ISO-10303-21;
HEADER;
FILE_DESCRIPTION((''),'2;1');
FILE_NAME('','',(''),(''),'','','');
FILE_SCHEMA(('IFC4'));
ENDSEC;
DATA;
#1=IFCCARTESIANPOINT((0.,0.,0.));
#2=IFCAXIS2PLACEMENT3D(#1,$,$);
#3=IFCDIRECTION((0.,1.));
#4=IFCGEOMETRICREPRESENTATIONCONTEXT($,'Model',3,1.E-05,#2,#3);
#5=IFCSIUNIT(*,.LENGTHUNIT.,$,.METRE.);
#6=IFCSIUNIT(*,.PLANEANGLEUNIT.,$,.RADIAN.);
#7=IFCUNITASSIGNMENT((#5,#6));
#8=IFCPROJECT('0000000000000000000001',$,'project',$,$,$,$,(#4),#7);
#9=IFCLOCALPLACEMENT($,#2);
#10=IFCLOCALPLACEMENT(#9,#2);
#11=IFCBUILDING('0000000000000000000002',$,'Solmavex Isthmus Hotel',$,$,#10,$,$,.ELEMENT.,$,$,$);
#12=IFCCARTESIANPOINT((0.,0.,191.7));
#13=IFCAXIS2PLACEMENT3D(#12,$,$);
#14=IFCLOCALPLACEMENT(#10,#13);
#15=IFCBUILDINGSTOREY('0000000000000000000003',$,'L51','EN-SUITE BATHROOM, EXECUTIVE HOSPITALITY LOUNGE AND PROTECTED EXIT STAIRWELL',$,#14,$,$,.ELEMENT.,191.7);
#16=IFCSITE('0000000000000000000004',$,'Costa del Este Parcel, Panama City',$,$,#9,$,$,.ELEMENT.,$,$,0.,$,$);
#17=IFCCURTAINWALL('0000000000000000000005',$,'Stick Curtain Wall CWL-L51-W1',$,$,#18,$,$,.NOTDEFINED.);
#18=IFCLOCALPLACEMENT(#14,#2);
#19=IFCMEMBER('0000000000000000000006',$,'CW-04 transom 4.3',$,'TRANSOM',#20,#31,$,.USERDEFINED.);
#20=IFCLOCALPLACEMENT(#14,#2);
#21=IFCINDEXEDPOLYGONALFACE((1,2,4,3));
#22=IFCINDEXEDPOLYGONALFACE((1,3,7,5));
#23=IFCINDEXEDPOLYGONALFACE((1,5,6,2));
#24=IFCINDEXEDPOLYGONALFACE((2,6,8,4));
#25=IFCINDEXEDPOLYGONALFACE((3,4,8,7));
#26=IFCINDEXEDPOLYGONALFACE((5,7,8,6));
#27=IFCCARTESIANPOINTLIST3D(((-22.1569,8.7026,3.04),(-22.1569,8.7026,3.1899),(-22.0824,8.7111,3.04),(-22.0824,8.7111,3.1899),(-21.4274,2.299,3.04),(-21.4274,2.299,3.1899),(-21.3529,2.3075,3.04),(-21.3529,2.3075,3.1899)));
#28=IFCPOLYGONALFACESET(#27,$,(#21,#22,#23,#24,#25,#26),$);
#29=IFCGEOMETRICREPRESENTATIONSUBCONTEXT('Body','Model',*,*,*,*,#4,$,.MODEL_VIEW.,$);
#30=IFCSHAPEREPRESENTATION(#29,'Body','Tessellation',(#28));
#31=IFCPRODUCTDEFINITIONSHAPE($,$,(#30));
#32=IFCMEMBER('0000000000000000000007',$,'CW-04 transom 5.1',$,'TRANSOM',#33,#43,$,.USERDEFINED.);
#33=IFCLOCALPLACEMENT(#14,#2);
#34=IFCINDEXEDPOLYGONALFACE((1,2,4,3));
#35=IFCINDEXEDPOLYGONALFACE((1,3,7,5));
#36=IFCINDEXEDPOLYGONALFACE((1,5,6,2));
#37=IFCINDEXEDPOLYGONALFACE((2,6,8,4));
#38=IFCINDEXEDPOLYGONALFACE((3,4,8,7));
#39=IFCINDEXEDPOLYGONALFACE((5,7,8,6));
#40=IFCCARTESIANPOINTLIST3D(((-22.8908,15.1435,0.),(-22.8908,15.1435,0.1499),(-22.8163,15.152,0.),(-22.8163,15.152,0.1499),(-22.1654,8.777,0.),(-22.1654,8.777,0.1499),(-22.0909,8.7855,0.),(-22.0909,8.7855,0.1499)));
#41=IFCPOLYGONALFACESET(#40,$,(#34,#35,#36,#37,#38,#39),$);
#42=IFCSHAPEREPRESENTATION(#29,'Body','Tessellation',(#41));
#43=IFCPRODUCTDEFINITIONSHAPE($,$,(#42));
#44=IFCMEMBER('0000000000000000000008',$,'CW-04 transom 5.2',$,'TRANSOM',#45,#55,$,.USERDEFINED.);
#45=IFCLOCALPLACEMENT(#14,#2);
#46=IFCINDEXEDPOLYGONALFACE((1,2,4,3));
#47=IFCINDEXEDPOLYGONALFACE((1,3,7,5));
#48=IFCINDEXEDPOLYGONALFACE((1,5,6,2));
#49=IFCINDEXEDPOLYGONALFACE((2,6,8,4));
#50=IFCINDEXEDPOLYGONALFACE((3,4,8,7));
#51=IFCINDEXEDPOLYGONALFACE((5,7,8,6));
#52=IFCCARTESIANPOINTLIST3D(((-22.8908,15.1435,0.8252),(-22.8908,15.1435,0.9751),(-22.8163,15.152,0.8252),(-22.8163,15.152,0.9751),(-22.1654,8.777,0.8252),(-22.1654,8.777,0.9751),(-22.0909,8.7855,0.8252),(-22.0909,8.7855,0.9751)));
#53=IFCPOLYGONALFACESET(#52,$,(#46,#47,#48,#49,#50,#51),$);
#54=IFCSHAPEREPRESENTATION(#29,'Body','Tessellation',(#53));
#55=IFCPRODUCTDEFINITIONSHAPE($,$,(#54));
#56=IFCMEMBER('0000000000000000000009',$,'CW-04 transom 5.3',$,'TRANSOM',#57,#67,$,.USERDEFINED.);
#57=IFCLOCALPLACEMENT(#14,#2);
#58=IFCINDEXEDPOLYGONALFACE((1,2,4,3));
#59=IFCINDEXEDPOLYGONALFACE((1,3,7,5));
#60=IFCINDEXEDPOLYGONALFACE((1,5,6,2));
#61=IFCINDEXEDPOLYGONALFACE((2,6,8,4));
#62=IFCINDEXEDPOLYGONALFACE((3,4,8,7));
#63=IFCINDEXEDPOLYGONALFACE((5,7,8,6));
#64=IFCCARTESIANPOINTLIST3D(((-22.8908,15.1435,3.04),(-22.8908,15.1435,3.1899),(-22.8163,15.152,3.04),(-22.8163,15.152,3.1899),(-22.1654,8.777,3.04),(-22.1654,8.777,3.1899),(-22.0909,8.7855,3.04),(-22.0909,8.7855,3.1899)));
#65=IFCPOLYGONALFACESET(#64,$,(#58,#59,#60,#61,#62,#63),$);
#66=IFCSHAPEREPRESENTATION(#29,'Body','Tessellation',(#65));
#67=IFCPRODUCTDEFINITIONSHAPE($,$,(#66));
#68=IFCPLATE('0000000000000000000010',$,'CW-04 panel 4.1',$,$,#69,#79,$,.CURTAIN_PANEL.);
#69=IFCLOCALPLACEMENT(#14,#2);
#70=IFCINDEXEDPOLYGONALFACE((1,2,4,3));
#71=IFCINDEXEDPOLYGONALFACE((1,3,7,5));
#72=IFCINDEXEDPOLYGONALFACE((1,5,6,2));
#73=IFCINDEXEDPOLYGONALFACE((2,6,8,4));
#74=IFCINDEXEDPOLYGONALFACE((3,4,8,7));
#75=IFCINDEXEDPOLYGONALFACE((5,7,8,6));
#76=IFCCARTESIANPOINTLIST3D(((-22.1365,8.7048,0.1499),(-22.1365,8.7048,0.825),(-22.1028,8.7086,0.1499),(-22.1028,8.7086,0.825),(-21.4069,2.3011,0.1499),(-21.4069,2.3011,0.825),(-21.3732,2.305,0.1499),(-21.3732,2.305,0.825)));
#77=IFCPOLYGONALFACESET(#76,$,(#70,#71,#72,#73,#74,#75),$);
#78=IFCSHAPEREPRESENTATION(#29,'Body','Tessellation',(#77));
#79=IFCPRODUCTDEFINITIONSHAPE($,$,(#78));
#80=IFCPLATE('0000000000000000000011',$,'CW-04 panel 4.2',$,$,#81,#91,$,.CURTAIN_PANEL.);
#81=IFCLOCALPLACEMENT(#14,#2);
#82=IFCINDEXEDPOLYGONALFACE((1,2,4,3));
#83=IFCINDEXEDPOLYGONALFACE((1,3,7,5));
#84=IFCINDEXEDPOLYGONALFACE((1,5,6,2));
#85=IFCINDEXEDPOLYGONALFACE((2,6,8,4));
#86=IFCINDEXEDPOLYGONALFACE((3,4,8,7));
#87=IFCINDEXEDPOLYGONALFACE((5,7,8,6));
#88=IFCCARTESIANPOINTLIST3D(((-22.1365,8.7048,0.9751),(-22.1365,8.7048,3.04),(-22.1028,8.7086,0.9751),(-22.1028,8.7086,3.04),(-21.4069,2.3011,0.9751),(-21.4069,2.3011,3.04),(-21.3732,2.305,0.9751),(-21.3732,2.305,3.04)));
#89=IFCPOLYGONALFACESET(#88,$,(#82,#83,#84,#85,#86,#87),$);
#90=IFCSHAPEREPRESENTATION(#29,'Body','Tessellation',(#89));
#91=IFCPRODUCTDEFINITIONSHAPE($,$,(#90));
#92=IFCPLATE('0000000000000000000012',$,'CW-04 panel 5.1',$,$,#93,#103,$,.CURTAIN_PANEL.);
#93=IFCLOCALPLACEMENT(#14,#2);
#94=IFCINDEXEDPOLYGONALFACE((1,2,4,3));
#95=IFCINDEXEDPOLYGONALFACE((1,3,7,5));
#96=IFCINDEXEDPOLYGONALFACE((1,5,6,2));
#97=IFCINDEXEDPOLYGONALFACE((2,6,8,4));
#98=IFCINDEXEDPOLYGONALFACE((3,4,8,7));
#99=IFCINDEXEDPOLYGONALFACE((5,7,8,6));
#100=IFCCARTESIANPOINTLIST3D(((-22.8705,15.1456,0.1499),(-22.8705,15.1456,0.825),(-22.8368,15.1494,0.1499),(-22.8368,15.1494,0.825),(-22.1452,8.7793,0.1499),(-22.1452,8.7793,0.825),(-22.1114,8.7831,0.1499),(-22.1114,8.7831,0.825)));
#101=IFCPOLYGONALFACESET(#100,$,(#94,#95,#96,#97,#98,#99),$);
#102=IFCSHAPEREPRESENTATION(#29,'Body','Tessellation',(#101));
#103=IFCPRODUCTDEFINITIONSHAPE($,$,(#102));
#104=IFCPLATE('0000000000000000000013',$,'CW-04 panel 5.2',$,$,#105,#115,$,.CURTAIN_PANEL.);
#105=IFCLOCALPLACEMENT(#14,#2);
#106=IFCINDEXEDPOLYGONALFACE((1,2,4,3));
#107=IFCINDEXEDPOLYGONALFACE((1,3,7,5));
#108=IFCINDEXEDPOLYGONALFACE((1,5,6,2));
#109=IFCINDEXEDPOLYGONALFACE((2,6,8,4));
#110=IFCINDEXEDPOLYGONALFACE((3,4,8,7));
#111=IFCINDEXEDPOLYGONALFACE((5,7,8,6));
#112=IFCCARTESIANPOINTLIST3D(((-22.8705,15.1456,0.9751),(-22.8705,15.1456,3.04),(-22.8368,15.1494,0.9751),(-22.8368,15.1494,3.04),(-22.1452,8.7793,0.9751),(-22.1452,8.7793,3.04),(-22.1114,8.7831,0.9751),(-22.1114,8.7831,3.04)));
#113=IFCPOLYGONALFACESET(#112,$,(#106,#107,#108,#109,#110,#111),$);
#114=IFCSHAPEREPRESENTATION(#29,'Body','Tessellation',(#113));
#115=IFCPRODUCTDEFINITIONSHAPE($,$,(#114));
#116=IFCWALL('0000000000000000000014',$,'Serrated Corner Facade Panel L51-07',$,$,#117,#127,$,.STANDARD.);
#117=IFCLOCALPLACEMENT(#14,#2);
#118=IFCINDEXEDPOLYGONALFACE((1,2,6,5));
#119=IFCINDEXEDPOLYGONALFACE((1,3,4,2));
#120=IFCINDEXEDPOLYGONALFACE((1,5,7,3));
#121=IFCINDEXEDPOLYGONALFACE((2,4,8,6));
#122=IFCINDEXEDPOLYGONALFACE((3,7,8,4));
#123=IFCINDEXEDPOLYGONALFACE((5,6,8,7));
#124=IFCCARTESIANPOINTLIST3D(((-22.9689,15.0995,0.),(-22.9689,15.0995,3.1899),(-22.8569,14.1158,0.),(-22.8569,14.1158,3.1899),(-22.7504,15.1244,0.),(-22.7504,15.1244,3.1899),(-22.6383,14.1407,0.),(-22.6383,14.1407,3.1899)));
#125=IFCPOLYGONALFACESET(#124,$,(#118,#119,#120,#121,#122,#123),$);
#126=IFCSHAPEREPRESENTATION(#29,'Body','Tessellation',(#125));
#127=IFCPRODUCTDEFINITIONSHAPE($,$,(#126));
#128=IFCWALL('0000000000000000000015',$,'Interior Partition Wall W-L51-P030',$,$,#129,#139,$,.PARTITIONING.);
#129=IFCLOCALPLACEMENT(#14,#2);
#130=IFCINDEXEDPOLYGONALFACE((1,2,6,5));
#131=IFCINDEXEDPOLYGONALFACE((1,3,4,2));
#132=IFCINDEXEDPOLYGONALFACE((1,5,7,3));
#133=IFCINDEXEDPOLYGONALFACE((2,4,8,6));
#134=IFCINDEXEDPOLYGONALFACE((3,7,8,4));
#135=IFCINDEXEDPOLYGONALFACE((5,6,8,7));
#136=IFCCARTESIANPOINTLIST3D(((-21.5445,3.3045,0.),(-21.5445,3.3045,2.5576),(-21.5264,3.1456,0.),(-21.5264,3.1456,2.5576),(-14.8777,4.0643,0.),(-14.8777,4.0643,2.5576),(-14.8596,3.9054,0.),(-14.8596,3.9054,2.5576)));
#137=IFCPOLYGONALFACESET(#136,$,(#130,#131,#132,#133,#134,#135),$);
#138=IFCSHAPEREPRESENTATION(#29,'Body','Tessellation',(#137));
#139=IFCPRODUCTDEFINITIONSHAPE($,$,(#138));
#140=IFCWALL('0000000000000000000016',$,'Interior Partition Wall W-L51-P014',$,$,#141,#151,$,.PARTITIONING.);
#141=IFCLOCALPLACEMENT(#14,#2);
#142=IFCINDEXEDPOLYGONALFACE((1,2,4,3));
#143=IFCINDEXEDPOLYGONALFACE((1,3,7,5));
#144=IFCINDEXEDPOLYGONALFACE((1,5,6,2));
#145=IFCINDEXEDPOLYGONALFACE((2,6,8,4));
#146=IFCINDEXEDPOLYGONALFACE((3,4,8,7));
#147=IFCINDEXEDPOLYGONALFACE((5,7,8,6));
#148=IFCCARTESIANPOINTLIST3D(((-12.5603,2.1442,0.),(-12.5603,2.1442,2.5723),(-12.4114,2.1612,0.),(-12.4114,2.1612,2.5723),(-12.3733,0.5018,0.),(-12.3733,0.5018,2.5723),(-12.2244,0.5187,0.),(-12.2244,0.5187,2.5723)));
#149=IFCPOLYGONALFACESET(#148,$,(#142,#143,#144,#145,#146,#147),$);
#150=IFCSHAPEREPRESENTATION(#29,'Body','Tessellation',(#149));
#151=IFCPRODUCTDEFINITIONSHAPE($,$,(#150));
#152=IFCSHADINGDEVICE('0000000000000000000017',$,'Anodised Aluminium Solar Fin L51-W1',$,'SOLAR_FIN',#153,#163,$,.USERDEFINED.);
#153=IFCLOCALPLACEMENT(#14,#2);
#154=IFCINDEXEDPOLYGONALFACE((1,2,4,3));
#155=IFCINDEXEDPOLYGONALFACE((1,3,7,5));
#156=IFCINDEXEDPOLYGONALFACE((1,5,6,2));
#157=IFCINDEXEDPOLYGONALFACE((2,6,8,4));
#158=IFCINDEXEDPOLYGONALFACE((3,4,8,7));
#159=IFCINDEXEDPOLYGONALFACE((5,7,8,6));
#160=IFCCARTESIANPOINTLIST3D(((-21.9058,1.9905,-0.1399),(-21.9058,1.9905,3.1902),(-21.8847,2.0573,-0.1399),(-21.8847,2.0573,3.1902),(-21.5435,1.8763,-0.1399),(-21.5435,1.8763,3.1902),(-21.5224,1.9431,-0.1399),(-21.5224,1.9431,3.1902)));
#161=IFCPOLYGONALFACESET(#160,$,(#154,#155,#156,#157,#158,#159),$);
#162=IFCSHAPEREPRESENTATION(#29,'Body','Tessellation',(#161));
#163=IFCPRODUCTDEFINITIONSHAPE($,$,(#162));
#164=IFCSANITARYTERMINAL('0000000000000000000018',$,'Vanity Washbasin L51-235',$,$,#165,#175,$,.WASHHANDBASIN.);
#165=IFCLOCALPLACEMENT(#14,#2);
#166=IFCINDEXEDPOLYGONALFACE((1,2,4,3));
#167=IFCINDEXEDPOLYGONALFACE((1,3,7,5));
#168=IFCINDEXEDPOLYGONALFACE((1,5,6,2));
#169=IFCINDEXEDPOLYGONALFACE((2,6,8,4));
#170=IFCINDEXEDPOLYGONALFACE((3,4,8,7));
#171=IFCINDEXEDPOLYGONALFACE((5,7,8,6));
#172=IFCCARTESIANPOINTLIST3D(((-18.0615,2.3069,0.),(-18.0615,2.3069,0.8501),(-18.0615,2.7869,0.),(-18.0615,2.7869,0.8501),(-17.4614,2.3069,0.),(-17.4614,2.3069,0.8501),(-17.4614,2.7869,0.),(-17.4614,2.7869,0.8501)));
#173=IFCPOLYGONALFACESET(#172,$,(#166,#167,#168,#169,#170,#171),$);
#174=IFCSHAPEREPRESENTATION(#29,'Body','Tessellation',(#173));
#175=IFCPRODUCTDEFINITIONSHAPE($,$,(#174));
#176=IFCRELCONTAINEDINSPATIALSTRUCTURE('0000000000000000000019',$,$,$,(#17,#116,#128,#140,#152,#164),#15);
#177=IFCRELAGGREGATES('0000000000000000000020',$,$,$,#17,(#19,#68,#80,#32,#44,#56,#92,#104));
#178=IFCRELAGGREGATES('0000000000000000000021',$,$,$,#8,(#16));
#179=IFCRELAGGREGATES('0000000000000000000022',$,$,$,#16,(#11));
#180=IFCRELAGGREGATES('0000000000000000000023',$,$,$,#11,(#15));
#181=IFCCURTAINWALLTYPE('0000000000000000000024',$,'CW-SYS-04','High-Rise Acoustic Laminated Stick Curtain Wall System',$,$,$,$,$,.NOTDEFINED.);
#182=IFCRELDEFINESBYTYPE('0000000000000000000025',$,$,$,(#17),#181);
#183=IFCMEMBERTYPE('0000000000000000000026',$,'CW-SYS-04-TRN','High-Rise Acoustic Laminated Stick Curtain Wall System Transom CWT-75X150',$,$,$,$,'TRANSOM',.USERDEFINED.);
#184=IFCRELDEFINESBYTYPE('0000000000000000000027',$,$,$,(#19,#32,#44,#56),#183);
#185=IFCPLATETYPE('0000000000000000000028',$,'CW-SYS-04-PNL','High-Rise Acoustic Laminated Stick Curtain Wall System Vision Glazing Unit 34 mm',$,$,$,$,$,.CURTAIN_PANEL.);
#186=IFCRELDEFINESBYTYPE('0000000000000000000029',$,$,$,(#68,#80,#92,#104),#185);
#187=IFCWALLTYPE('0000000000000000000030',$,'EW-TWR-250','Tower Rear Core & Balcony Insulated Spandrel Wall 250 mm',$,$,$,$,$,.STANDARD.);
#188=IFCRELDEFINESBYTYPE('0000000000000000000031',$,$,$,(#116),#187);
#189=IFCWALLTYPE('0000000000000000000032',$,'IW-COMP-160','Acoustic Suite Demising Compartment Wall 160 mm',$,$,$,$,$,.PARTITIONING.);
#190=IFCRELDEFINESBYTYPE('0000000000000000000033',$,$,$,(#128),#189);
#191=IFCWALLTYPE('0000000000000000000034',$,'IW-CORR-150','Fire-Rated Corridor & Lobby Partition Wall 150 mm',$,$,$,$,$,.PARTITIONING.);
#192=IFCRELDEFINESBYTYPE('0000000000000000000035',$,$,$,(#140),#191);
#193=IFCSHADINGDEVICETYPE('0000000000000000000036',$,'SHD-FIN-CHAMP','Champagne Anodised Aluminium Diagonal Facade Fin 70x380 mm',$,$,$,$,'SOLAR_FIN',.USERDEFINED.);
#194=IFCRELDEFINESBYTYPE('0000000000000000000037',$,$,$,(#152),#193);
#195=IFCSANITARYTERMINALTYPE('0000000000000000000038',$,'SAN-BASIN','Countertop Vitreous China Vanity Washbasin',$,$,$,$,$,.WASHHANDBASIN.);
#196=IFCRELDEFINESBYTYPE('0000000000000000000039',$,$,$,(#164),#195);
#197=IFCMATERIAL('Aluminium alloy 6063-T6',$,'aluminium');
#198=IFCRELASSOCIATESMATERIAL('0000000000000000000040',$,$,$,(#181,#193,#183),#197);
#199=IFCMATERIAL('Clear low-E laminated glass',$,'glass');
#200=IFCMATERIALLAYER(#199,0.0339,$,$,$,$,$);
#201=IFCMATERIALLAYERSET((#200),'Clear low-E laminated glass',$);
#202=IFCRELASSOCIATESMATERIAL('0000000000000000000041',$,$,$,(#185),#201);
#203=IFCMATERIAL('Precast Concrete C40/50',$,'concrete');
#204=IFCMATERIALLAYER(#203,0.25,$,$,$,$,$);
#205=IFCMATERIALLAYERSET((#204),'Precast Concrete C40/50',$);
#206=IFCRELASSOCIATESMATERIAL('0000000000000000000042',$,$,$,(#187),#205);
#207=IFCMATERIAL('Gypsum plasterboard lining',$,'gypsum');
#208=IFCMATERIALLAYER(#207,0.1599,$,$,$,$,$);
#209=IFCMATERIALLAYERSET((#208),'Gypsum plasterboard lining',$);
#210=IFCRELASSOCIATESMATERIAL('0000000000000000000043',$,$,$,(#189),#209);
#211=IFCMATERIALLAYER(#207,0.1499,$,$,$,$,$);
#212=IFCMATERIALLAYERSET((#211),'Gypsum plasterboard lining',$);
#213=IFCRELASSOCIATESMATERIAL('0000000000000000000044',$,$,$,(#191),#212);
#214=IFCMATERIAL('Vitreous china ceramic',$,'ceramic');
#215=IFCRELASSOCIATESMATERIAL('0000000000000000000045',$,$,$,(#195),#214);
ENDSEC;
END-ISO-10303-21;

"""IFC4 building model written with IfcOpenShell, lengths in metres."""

from ifc_helpers import new_model, si_unit, direction, frame, frame_2d, origin, origin_2d, place, context, subcontext, project, spatial, rectangle, extrude, material, layer, layer_set, material_profile, profile_set, type_object, element, aggregate, save


model = new_model("IFC4")

# Units and contexts
model_context = context("Model", 3, precision=1e-05, world=origin(), true_north=direction((0.0, 1.0)))
body_context = subcontext(model_context, "Body", "Model", "MODEL_VIEW")
ifc_project = project(units=[si_unit("LENGTHUNIT", "METRE"), si_unit("PLANEANGLEUNIT", "RADIAN")], contexts=[model_context])

# Site, building, storey
site_placement = place(None, origin())
site = spatial("IfcSite", under=ifc_project, at=site_placement, Name="Costa del Este Parcel, Panama City", CompositionType="ELEMENT", RefElevation=0.0)
building_placement = place(site_placement, origin())
building = spatial("IfcBuilding", under=site, at=building_placement, Name="Solmavex Isthmus Hotel", CompositionType="ELEMENT")
storey_placement = place(building_placement, frame((0.0, 0.0, 191.7)))
storey = spatial("IfcBuildingStorey", under=building, at=storey_placement, Name="L51", Description="EN-SUITE BATHROOM, EXECUTIVE HOSPITALITY LOUNGE AND PROTECTED EXIT STAIRWELL", CompositionType="ELEMENT", Elevation=191.7)

# Curtain wall, members, plates
ifc_material_1 = material(Name="Aluminium alloy 6063-T6", Category="aluminium")
curtain_wall_type = type_object("IfcCurtainWallType", Name="CW-SYS-04", Description="High-Rise Acoustic Laminated Stick Curtain Wall System", PredefinedType="NOTDEFINED", material=ifc_material_1)
curtain_wall_placement = place(storey_placement, origin())
curtain_wall = element("IfcCurtainWall", 1, at=curtain_wall_placement, inside=storey, type_object=curtain_wall_type, Name="Stick Curtain Wall CWL-L51-W1", PredefinedType="NOTDEFINED")
ifc_material_profile_1 = material_profile(ifc_material_1, rectangle(XDim=0.075, YDim=0.1499, at=origin_2d()), Name="CWT-75X150")
ifc_profile_set_1 = profile_set([ifc_material_profile_1], Name="Aluminium alloy 6063-T6")
member_type_1 = type_object("IfcMemberType", Name="CW-SYS-04-TRN", Description="High-Rise Acoustic Laminated Stick Curtain Wall System Transom CWT-75X150", ElementType="TRANSOM", PredefinedType="USERDEFINED", material=ifc_profile_set_1)
member_1_placement = place(storey_placement, frame((-21.3901, 2.3032, 3.115), z_axis=(-0.113188, 0.993574, 0.0), x_axis=(-0.993574, -0.113188, 0.0)))
member_1 = element("IfcMember", 2, at=member_1_placement, type_object=member_type_1, Name="CW-04 transom 4.3", ObjectType="TRANSOM", PredefinedType="USERDEFINED", context=body_context, shape_type="SweptSolid", body=[
    extrude(rectangle(XDim=0.075, YDim=0.1499, at=origin_2d()), origin(), (0.0, 0.0, 1.0), 6.4451),
])
member_2_placement = place(storey_placement, frame((-22.1282, 8.7812, 0.075), z_axis=(-0.113199, 0.993572, 0.0), x_axis=(-0.993572, -0.113199, 0.0)))
member_2 = element("IfcMember", 3, at=member_2_placement, type_object=member_type_1, Name="CW-04 transom 5.1", ObjectType="TRANSOM", PredefinedType="USERDEFINED", context=body_context, shape_type="SweptSolid", body=[
    extrude(rectangle(XDim=0.075, YDim=0.1499, at=origin_2d()), origin(), (0.0, 0.0, 1.0), 6.4077),
])
member_3_placement = place(storey_placement, frame((-22.1282, 8.7812, 0.9001), z_axis=(-0.113199, 0.993572, 0.0), x_axis=(-0.993572, -0.113199, 0.0)))
member_3 = element("IfcMember", 4, at=member_3_placement, type_object=member_type_1, Name="CW-04 transom 5.2", ObjectType="TRANSOM", PredefinedType="USERDEFINED", context=body_context, shape_type="SweptSolid", body=[
    extrude(rectangle(XDim=0.075, YDim=0.1499, at=origin_2d()), origin(), (0.0, 0.0, 1.0), 6.4077),
])
member_4_placement = place(storey_placement, frame((-22.1282, 8.7812, 3.115), z_axis=(-0.113199, 0.993572, 0.0), x_axis=(-0.993572, -0.113199, 0.0)))
member_4 = element("IfcMember", 5, at=member_4_placement, type_object=member_type_1, Name="CW-04 transom 5.3", ObjectType="TRANSOM", PredefinedType="USERDEFINED", context=body_context, shape_type="SweptSolid", body=[
    extrude(rectangle(XDim=0.075, YDim=0.1499, at=origin_2d()), origin(), (0.0, 0.0, 1.0), 6.4077),
])
ifc_material_2 = material(Name="Clear low-E laminated glass", Category="glass")
ifc_layer_1 = layer(ifc_material_2, 0.0339)
ifc_layer_set_1 = layer_set([ifc_layer_1], Name="Clear low-E laminated glass")
plate_type = type_object("IfcPlateType", Name="CW-SYS-04-PNL", Description="High-Rise Acoustic Laminated Stick Curtain Wall System Vision Glazing Unit 34 mm", PredefinedType="CURTAIN_PANEL", material=ifc_layer_set_1)
plate_1_placement = place(storey_placement, frame((-21.7549, 5.5049, 0.1499), z_axis=(0.0, 0.0, 1.0), x_axis=(-0.113203, 0.993572, 0.0)))
plate_1 = element("IfcPlate", 6, at=plate_1_placement, type_object=plate_type, Name="CW-04 panel 4.1", PredefinedType="CURTAIN_PANEL", context=body_context, shape_type="SweptSolid", body=[
    extrude(rectangle(XDim=6.4451, YDim=0.0339, at=origin_2d()), origin(), (0.0, 0.0, 1.0), 0.675),
])
plate_2_placement = place(storey_placement, frame((-21.7549, 5.5049, 0.9751), z_axis=(0.0, 0.0, 1.0), x_axis=(-0.113203, 0.993572, 0.0)))
plate_2 = element("IfcPlate", 7, at=plate_2_placement, type_object=plate_type, Name="CW-04 panel 4.2", PredefinedType="CURTAIN_PANEL", context=body_context, shape_type="SweptSolid", body=[
    extrude(rectangle(XDim=6.4451, YDim=0.0339, at=origin_2d()), origin(), (0.0, 0.0, 1.0), 2.0649),
])
plate_3_placement = place(storey_placement, frame((-22.491, 11.9644, 0.1499), z_axis=(0.0, 0.0, 1.0), x_axis=(-0.113203, 0.993572, 0.0)))
plate_3 = element("IfcPlate", 8, at=plate_3_placement, type_object=plate_type, Name="CW-04 panel 5.1", PredefinedType="CURTAIN_PANEL", context=body_context, shape_type="SweptSolid", body=[
    extrude(rectangle(XDim=6.4075, YDim=0.0339, at=origin_2d()), origin(), (0.0, 0.0, 1.0), 0.675),
])
plate_4_placement = place(storey_placement, frame((-22.491, 11.9644, 0.9751), z_axis=(0.0, 0.0, 1.0), x_axis=(-0.113203, 0.993572, 0.0)))
plate_4 = element("IfcPlate", 9, at=plate_4_placement, type_object=plate_type, Name="CW-04 panel 5.2", PredefinedType="CURTAIN_PANEL", context=body_context, shape_type="SweptSolid", body=[
    extrude(rectangle(XDim=6.4075, YDim=0.0339, at=origin_2d()), origin(), (0.0, 0.0, 1.0), 2.0649),
])
aggregate(curtain_wall, [member_1, plate_1, plate_2, member_2, member_3, member_4, plate_3, plate_4])

# Walls
ifc_material_3 = material(Name="Precast Concrete C40/50", Category="concrete")
ifc_layer_2 = layer(ifc_material_3, 0.25)
ifc_layer_set_2 = layer_set([ifc_layer_2], Name="Precast Concrete C40/50")
wall_type_1 = type_object("IfcWallType", Name="EW-TWR-250", Description="Tower Rear Core & Balcony Insulated Spandrel Wall 250 mm", PredefinedType="STANDARD", material=ifc_layer_set_2)
wall_1_placement = place(storey_placement, frame((-22.7476, 14.1282, 0.0), z_axis=(0.0, 0.0, 1.0), x_axis=(-0.113192, 0.993573, 0.0)))
element("IfcWall", 10, at=wall_1_placement, inside=storey, type_object=wall_type_1, Name="Serrated Corner Facade Panel L51-07", PredefinedType="STANDARD", context=body_context, shape_type="SweptSolid", body=[
    extrude(rectangle(XDim=0.99, YDim=0.22, at=frame_2d((0.4951, 0.0))), origin(), (0.0, 0.0, 1.0), 3.1899),
])
ifc_material_4 = material(Name="Gypsum plasterboard lining", Category="gypsum")
ifc_layer_3 = layer(ifc_material_4, 0.1599)
ifc_layer_set_3 = layer_set([ifc_layer_3], Name="Gypsum plasterboard lining")
wall_type_2 = type_object("IfcWallType", Name="IW-COMP-160", Description="Acoustic Suite Demising Compartment Wall 160 mm", PredefinedType="PARTITIONING", material=ifc_layer_set_3)
wall_2_placement = place(storey_placement, frame((-14.8687, 3.9849, 0.0), z_axis=(0.0, 0.0, 1.0), x_axis=(-0.993569, -0.113231, 0.0)))
element("IfcWall", 11, at=wall_2_placement, inside=storey, type_object=wall_type_2, Name="Interior Partition Wall W-L51-P030", PredefinedType="PARTITIONING", context=body_context, shape_type="SweptSolid", body=[
    extrude(rectangle(XDim=6.71, YDim=0.1599, at=frame_2d((3.355, 0.0))), origin(), (0.0, 0.0, 1.0), 2.5576),
])

# Shared definitions
ifc_layer_4 = layer(ifc_material_4, 0.1499)
ifc_layer_set_4 = layer_set([ifc_layer_4], Name="Gypsum plasterboard lining")
wall_type_3 = type_object("IfcWallType", Name="IW-CORR-150", Description="Fire-Rated Corridor & Lobby Partition Wall 150 mm", PredefinedType="PARTITIONING", material=ifc_layer_set_4)

# Wall
wall_3_placement = place(storey_placement, frame((-12.4858, 2.1528, 0.0), z_axis=(0.0, 0.0, 1.0), x_axis=(0.113122, -0.993581, 0.0)))
element("IfcWall", 12, at=wall_3_placement, inside=storey, type_object=wall_type_3, Name="Interior Partition Wall W-L51-P014", PredefinedType="PARTITIONING", context=body_context, shape_type="SweptSolid", body=[
    extrude(rectangle(XDim=1.6531, YDim=0.1499, at=frame_2d((0.8267, 0.0))), origin(), (0.0, 0.0, 1.0), 2.5723),
])

# Shading device
shading_device_type = type_object("IfcShadingDeviceType", Name="SHD-FIN-CHAMP", Description="Champagne Anodised Aluminium Diagonal Facade Fin 70x380 mm", ElementType="SOLAR_FIN", PredefinedType="USERDEFINED", material=ifc_material_1)
shading_device_placement = place(storey_placement, frame((-21.7141, 1.9668, -0.1399), z_axis=(0.0, 0.0, 1.0), x_axis=(-0.953717, 0.300706, 0.0)))
element("IfcShadingDevice", 13, at=shading_device_placement, inside=storey, type_object=shading_device_type, Name="Anodised Aluminium Solar Fin L51-W1", ObjectType="SOLAR_FIN", PredefinedType="USERDEFINED", context=body_context, shape_type="SweptSolid", body=[
    extrude(rectangle(XDim=0.3799, YDim=0.0701, at=origin_2d()), origin(), (0.0, 0.0, 1.0), 3.3301),
])

# Sanitary terminal
ifc_material_5 = material(Name="Vitreous china ceramic", Category="ceramic")
sanitary_terminal_type_1 = type_object("IfcSanitaryTerminalType", Name="SAN-BASIN", Description="Countertop Vitreous China Vanity Washbasin", PredefinedType="WASHHANDBASIN", material=ifc_material_5)
sanitary_terminal_1_placement = place(storey_placement, frame((-17.7615, 2.5469, 0.0), z_axis=(0.0, 0.0, 1.0), x_axis=(1.0, 0.0, 0.0)))
element("IfcSanitaryTerminal", 14, at=sanitary_terminal_1_placement, inside=storey, type_object=sanitary_terminal_type_1, Name="Vanity Washbasin L51-235", PredefinedType="WASHHANDBASIN", context=body_context, shape_type="SweptSolid", body=[
    extrude(rectangle(XDim=0.6001, YDim=0.48, at=origin_2d()), origin(), (0.0, 0.0, 1.0), 0.8501),
])

save(model, "model.ifc")
